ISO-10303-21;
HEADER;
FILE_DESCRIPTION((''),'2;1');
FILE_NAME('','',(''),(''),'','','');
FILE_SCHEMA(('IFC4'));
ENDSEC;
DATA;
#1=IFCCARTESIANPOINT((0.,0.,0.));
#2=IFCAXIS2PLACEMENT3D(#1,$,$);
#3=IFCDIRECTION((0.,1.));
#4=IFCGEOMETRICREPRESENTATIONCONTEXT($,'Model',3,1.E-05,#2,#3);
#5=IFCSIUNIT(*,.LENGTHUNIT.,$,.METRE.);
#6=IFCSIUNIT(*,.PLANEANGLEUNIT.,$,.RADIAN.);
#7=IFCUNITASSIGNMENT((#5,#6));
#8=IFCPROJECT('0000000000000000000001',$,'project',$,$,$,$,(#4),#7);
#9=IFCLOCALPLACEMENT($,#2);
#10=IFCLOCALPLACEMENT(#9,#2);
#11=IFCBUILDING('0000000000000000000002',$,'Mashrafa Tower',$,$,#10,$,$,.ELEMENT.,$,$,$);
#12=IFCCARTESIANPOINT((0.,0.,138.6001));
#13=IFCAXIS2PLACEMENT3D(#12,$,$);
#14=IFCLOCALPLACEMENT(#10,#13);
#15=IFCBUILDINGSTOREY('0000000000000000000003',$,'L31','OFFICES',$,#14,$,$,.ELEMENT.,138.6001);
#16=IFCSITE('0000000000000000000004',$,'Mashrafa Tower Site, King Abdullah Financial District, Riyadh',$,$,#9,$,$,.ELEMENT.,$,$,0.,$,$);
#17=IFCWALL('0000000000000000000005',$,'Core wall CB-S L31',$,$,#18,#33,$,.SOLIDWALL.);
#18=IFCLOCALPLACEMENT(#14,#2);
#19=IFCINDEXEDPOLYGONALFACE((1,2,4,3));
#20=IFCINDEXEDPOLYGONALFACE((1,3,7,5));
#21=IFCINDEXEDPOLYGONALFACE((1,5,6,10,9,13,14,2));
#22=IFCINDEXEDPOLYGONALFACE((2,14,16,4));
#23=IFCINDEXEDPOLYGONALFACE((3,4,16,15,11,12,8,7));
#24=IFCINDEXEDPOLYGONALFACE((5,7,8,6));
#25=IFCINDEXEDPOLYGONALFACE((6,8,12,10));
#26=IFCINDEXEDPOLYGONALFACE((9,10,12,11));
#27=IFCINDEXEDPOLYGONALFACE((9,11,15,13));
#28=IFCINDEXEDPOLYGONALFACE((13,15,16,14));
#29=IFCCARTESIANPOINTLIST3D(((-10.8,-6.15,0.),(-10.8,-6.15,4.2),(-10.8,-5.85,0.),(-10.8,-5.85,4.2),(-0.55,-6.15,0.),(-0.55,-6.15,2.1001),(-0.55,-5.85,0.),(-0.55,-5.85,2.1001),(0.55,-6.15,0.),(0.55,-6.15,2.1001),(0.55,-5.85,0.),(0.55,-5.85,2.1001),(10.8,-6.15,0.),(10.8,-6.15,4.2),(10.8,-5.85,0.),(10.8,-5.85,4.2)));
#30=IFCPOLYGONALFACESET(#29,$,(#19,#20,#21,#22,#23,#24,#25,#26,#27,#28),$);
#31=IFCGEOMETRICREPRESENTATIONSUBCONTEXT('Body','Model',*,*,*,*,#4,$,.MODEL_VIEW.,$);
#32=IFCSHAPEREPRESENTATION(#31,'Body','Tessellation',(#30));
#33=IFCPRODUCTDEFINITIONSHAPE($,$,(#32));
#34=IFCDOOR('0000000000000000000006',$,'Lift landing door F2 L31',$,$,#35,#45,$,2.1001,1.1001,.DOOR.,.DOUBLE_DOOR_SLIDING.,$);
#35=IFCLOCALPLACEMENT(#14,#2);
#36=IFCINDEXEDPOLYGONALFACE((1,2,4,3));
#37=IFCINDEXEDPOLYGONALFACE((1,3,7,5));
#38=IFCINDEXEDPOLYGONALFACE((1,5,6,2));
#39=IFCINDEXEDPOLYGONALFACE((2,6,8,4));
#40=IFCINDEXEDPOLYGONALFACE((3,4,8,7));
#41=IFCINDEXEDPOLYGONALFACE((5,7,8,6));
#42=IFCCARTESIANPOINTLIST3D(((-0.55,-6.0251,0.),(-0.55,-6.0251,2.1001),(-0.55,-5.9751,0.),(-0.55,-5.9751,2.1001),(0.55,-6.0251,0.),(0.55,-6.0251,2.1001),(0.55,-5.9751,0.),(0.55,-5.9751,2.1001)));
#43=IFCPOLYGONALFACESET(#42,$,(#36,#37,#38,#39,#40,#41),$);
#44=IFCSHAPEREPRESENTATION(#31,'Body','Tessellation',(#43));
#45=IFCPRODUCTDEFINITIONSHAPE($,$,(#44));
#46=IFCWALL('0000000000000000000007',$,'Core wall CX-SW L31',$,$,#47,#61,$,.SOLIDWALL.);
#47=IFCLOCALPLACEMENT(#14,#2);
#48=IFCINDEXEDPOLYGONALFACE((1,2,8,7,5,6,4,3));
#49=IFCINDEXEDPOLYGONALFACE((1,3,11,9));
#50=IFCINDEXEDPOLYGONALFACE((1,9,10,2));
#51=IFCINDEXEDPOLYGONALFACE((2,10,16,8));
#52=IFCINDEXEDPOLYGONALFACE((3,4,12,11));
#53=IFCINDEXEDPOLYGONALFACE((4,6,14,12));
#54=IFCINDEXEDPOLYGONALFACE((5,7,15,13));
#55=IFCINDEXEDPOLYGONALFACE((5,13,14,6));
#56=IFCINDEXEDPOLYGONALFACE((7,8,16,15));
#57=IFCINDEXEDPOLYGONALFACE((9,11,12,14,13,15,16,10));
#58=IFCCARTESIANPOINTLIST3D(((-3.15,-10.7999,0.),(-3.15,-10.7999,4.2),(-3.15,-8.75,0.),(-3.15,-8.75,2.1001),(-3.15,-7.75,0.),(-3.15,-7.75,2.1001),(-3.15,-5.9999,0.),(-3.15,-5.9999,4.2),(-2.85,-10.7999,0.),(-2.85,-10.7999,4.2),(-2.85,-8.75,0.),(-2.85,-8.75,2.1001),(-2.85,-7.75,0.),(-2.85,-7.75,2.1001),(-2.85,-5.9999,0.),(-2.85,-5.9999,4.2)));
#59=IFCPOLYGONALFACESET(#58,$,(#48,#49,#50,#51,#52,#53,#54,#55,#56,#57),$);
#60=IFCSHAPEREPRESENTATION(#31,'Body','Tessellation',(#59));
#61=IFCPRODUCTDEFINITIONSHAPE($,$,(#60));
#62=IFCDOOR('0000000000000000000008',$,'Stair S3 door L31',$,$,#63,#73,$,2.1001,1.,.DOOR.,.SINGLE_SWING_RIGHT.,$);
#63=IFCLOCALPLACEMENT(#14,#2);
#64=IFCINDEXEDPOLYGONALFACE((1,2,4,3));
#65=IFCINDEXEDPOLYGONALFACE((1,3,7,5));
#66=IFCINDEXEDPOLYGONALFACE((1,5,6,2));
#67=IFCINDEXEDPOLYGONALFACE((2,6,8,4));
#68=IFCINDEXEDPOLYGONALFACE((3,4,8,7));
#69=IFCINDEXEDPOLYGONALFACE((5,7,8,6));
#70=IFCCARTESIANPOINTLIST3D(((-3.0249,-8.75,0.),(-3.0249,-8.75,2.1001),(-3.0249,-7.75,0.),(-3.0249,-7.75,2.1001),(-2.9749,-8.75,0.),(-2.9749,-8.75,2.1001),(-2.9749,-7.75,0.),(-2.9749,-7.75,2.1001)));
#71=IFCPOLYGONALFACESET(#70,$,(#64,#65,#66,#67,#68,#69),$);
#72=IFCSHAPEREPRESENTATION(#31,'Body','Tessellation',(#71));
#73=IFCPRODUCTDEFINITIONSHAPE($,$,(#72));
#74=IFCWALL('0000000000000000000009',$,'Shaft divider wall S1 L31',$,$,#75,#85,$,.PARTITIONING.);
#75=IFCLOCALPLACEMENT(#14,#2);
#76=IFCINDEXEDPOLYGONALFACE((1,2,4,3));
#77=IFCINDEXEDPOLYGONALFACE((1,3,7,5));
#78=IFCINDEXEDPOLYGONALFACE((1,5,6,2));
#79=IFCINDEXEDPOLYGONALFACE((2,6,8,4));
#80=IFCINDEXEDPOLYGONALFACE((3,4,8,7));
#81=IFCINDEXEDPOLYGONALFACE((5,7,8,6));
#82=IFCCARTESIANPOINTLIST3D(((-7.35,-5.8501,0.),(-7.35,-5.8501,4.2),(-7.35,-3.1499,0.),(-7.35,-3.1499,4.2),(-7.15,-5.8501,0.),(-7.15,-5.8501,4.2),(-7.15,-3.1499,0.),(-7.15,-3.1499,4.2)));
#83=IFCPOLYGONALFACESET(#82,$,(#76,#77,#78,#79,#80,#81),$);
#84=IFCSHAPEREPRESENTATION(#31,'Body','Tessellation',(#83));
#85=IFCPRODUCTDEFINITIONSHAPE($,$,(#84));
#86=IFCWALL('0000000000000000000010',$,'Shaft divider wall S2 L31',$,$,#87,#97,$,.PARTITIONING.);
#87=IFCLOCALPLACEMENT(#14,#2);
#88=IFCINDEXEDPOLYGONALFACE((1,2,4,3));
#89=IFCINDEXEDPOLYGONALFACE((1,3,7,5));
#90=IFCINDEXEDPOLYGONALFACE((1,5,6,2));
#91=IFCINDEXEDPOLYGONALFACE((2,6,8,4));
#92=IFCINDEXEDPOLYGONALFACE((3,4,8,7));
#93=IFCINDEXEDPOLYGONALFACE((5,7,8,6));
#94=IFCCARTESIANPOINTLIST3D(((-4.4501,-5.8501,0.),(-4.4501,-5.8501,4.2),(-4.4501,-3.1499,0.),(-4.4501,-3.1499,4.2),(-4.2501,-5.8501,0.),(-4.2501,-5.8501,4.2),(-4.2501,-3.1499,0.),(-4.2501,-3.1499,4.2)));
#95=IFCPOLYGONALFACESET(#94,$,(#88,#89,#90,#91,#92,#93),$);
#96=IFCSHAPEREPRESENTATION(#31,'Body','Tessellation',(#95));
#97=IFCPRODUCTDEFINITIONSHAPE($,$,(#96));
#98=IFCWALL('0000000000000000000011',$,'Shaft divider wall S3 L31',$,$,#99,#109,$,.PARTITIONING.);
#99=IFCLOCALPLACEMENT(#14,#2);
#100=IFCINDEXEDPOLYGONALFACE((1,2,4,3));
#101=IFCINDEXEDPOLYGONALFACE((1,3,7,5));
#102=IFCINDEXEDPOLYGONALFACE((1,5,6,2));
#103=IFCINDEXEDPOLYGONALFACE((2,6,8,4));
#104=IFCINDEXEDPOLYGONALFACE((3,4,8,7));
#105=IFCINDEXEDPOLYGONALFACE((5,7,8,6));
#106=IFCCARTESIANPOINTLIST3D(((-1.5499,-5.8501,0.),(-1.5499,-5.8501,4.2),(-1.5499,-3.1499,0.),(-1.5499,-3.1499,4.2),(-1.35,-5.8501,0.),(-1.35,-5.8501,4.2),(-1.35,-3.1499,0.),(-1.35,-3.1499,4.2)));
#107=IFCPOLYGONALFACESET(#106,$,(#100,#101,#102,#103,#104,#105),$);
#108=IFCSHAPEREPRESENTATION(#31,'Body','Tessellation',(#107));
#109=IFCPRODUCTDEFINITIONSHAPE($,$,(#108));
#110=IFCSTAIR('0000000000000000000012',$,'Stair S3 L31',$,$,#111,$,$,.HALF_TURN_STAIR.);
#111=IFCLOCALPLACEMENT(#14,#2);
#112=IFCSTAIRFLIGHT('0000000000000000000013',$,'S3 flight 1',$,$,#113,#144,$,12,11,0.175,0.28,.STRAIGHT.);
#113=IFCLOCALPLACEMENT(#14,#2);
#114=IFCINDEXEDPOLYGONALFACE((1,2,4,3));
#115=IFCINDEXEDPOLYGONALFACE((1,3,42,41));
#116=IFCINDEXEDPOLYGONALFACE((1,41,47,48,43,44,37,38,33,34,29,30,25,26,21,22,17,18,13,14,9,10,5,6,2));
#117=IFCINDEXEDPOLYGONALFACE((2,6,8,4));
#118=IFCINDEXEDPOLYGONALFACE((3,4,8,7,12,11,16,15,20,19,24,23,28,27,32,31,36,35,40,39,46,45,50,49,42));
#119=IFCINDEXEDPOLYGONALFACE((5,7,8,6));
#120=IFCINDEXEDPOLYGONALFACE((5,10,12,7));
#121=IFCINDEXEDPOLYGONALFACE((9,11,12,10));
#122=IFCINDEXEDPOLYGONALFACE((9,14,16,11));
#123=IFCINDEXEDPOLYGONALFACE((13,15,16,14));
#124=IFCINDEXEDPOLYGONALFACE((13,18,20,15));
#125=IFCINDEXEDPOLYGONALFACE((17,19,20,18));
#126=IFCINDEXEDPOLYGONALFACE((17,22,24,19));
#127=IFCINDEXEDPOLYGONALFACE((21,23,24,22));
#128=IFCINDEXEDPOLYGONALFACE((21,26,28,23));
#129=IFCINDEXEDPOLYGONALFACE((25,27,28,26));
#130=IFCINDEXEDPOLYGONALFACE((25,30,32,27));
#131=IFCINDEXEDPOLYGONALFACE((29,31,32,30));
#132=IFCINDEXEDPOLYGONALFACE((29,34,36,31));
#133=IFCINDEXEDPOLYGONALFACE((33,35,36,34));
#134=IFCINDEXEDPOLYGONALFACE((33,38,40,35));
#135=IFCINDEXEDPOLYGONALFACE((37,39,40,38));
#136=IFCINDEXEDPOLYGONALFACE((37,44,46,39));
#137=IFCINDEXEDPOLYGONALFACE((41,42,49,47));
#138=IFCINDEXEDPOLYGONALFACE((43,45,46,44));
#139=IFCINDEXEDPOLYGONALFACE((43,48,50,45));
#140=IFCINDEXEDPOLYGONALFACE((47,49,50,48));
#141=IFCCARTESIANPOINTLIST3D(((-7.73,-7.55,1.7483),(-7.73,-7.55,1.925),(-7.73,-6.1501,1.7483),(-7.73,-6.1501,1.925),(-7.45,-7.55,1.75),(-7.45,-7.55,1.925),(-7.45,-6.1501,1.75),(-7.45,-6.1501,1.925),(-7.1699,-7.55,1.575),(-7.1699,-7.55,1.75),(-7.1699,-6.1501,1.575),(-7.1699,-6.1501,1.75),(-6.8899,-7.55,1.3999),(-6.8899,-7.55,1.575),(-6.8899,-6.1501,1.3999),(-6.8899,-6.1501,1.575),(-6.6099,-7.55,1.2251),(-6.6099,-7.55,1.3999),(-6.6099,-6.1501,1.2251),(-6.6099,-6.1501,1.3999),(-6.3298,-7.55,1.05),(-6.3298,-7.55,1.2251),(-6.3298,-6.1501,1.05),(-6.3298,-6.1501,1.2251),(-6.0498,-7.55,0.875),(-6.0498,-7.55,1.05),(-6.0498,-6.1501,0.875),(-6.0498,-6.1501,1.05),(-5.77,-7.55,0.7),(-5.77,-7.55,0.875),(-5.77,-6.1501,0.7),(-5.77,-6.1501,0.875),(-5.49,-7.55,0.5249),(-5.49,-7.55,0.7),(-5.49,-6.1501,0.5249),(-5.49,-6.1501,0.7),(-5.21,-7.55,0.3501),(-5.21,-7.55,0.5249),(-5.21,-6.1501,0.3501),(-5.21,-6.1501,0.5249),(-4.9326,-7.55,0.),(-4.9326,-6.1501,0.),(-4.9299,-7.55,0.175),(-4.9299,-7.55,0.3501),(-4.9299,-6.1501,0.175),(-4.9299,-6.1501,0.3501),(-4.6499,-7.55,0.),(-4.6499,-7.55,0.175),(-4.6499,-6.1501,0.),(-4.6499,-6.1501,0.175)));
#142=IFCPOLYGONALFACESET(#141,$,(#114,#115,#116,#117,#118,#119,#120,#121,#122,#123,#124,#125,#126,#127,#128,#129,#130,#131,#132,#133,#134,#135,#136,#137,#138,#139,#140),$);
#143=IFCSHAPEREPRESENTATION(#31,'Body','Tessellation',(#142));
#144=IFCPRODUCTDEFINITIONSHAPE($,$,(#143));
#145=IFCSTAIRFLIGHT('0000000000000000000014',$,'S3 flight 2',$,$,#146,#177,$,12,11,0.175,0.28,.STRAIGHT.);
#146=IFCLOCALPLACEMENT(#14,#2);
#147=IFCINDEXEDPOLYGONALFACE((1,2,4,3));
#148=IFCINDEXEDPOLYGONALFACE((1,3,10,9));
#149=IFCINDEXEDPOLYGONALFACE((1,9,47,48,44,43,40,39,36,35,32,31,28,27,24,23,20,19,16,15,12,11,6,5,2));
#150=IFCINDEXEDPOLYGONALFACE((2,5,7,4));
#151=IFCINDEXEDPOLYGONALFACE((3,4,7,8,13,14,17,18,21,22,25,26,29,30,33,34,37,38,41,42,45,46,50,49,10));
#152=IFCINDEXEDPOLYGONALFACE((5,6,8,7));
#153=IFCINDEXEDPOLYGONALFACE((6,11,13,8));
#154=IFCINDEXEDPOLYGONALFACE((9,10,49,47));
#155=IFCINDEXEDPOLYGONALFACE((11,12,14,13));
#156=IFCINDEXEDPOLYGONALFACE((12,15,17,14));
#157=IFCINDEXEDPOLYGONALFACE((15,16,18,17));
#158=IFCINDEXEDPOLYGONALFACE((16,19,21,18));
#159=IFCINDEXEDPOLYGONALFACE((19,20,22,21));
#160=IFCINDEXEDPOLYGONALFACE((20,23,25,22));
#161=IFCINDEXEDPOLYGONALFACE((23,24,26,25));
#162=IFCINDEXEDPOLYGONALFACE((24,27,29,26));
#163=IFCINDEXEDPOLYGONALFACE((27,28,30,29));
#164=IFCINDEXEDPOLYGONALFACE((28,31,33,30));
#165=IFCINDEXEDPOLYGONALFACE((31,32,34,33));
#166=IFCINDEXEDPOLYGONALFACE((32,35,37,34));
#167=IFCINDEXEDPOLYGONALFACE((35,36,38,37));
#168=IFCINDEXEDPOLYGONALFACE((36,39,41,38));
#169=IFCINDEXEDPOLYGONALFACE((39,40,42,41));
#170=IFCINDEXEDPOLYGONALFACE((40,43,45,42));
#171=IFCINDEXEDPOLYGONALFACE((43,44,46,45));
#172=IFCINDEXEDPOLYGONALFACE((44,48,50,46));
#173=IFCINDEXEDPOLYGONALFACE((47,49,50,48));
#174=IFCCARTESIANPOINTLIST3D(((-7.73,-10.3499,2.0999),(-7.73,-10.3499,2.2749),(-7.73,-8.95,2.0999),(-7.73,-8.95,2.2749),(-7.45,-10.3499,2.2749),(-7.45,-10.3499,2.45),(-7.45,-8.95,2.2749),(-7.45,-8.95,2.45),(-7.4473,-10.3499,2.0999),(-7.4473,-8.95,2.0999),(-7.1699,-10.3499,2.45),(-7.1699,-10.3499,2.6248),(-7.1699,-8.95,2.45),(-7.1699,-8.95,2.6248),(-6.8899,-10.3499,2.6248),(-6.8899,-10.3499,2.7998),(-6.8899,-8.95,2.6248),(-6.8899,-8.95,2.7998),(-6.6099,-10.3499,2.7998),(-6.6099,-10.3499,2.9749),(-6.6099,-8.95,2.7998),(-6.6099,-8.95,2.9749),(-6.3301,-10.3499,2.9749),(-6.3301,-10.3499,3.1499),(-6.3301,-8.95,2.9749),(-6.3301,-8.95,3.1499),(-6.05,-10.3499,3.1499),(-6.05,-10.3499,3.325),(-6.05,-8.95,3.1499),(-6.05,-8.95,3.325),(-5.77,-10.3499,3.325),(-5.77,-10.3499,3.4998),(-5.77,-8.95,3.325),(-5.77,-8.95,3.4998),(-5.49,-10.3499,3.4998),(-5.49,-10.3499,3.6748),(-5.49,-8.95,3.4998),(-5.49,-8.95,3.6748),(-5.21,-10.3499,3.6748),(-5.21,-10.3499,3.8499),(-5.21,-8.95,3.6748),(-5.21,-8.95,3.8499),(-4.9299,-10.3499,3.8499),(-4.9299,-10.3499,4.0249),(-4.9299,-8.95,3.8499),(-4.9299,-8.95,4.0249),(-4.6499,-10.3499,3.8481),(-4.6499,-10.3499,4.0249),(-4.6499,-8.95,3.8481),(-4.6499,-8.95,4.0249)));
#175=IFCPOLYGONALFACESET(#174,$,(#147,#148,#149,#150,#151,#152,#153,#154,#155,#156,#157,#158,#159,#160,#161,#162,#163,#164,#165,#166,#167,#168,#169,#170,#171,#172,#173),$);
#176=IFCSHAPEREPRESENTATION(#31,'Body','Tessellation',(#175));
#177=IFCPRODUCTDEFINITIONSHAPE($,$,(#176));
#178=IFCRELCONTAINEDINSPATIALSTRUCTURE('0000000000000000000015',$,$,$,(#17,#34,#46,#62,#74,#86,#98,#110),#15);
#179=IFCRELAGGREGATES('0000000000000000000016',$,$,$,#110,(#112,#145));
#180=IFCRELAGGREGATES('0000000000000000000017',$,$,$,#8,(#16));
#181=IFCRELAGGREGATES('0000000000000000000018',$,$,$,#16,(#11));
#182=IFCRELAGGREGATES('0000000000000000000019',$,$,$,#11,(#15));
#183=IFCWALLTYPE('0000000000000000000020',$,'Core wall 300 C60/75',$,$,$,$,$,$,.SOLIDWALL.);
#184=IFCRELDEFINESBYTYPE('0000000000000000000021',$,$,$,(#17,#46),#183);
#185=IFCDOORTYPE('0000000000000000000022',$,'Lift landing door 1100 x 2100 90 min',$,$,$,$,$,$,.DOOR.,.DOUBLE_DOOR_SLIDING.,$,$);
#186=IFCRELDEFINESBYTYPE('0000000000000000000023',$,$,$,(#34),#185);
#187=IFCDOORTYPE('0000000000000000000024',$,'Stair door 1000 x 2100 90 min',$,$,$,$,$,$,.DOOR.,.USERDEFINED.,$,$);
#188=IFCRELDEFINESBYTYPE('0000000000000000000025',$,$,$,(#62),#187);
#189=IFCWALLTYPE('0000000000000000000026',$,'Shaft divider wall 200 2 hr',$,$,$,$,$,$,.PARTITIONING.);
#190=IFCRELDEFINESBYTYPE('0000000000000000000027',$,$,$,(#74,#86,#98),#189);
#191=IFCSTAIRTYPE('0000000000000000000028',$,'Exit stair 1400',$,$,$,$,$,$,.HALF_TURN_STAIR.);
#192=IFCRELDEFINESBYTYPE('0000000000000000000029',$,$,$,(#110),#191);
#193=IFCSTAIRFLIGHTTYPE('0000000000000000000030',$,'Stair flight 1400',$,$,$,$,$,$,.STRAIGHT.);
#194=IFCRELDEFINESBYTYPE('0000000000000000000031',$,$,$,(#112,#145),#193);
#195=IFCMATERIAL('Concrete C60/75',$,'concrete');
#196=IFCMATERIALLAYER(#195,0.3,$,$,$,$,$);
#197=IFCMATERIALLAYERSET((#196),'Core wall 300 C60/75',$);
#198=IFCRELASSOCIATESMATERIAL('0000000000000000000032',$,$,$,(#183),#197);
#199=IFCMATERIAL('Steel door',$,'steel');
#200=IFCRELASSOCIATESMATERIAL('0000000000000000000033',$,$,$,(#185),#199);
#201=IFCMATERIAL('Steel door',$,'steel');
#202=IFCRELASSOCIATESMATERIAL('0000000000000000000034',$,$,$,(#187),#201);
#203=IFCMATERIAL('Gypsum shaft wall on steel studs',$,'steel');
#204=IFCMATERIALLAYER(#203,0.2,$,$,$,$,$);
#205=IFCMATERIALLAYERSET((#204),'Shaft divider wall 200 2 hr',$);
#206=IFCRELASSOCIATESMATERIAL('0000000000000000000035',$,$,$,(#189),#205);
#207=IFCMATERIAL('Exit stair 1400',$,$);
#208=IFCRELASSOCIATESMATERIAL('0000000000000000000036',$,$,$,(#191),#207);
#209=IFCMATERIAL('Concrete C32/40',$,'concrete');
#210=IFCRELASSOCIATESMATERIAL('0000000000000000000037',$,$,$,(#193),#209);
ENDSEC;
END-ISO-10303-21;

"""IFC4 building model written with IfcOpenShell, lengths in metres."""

from ifc_helpers import new_model, si_unit, direction, frame, frame_2d, origin, place, context, subcontext, project, spatial, polyline, rectangle, outline, extrude, material, layer, layer_set, type_object, element, fill, aggregate, save


model = new_model("IFC4")

# Units and contexts
model_context = context("Model", 3, precision=1e-05, world=origin(), true_north=direction((0.0, 1.0)))
body_context = subcontext(model_context, "Body", "Model", "MODEL_VIEW")
ifc_project = project(units=[si_unit("LENGTHUNIT", "METRE"), si_unit("PLANEANGLEUNIT", "RADIAN")], contexts=[model_context])

# Site, building, storey
site_placement = place(None, origin())
site = spatial("IfcSite", under=ifc_project, at=site_placement, Name="Mashrafa Tower Site, King Abdullah Financial District, Riyadh", CompositionType="ELEMENT", RefElevation=0.0)
building_placement = place(site_placement, origin())
building = spatial("IfcBuilding", under=site, at=building_placement, Name="Mashrafa Tower", CompositionType="ELEMENT")
storey_placement = place(building_placement, frame((0.0, 0.0, 138.6001)))
storey = spatial("IfcBuildingStorey", under=building, at=storey_placement, Name="L31", Description="OFFICES", CompositionType="ELEMENT", Elevation=138.6001)

# Shared definitions
ifc_material_1 = material(Name="Concrete C60/75", Category="concrete")
ifc_layer_1 = layer(ifc_material_1, 0.3)
ifc_layer_set_1 = layer_set([ifc_layer_1], Name="Core wall 300 C60/75")
wall_type_1 = type_object("IfcWallType", Name="Core wall 300 C60/75", PredefinedType="SOLIDWALL", material=ifc_layer_set_1)
ifc_material_2 = material(Name="Steel door", Category="steel")
door_type_1 = type_object("IfcDoorType", Name="Lift landing door 1100 x 2100 90 min", OperationType="DOUBLE_DOOR_SLIDING", PredefinedType="DOOR", material=ifc_material_2)

# Walls, openings, doors
wall_1_placement = place(storey_placement, frame((-10.8, -6.0, 0.0), z_axis=(0.0, 0.0, 1.0), x_axis=(1.0, 0.0, 0.0)))
wall_1 = element("IfcWall", 1, at=wall_1_placement, inside=storey, type_object=wall_type_1, Name="Core wall CB-S L31", PredefinedType="SOLIDWALL", context=body_context, shape_type="SweptSolid", body=[
    extrude(rectangle(XDim=21.6001, YDim=0.3, at=frame_2d((10.8, 0.0))), origin(), (0.0, 0.0, 1.0), 4.2),
])
opening_1_placement = place(wall_1_placement, frame((10.25, 0.0, 0.0)))
opening_1 = element("IfcOpeningElement", 2, at=opening_1_placement, cuts=wall_1, PredefinedType="OPENING", context=body_context, shape_type="SweptSolid", body=[
    extrude(rectangle(XDim=1.1001, YDim=2.1001, at=frame_2d((0.55, 1.05))), frame((0.0, 0.1599, 0.0), z_axis=(0.0, -1.0, 0.0), x_axis=(1.0, 0.0, 0.0)), (0.0, 0.0, 1.0), 0.3201),
])
door_1_placement = place(opening_1_placement, origin())
door_1 = element("IfcDoor", 3, at=door_1_placement, inside=storey, type_object=door_type_1, Name="Lift landing door F2 L31", OperationType="DOUBLE_DOOR_SLIDING", OverallHeight=2.1001, OverallWidth=1.1001, PredefinedType="DOOR", context=body_context, shape_type="SweptSolid", body=[
    extrude(rectangle(XDim=1.1001, YDim=2.1001, at=frame_2d((0.55, 1.05))), frame((0.0, 0.0249, 0.0), z_axis=(0.0, -1.0, 0.0), x_axis=(1.0, 0.0, 0.0)), (0.0, 0.0, 1.0), 0.05),
])
fill(opening_1, door_1)
wall_2_placement = place(storey_placement, frame((-3.0, -6.0, 0.0), z_axis=(0.0, 0.0, 1.0), x_axis=(0.0, -1.0, 0.0)))
wall_2 = element("IfcWall", 4, at=wall_2_placement, inside=storey, type_object=wall_type_1, Name="Core wall CX-SW L31", PredefinedType="SOLIDWALL", context=body_context, shape_type="SweptSolid", body=[
    extrude(rectangle(XDim=4.8, YDim=0.3, at=frame_2d((2.3999, 0.0))), origin(), (0.0, 0.0, 1.0), 4.2),
])
opening_2_placement = place(wall_2_placement, frame((1.75, 0.0, 0.0)))
opening_2 = element("IfcOpeningElement", 5, at=opening_2_placement, cuts=wall_2, PredefinedType="OPENING", context=body_context, shape_type="SweptSolid", body=[
    extrude(rectangle(XDim=1.0, YDim=2.1001, at=frame_2d((0.5, 1.05))), frame((0.0, 0.1599, 0.0), z_axis=(0.0, -1.0, 0.0), x_axis=(1.0, 0.0, 0.0)), (0.0, 0.0, 1.0), 0.3201),
])
ifc_material_3 = material(Name="Steel door", Category="steel")
door_type_2 = type_object("IfcDoorType", Name="Stair door 1000 x 2100 90 min", OperationType="USERDEFINED", PredefinedType="DOOR", material=ifc_material_3)
door_2_placement = place(opening_2_placement, frame((1.0, 0.0, 0.0), z_axis=(0.0, 0.0, 1.0), x_axis=(-1.0, 0.0, 0.0)))
door_2 = element("IfcDoor", 6, at=door_2_placement, inside=storey, type_object=door_type_2, Name="Stair S3 door L31", OperationType="SINGLE_SWING_RIGHT", OverallHeight=2.1001, OverallWidth=1.0, PredefinedType="DOOR", context=body_context, shape_type="SweptSolid", body=[
    extrude(rectangle(XDim=1.0, YDim=2.1001, at=frame_2d((0.5, 1.05))), frame((0.0, 0.0249, 0.0), z_axis=(0.0, -1.0, 0.0), x_axis=(1.0, 0.0, 0.0)), (0.0, 0.0, 1.0), 0.05),
])
fill(opening_2, door_2)

# Walls
ifc_material_4 = material(Name="Gypsum shaft wall on steel studs", Category="steel")
ifc_layer_2 = layer(ifc_material_4, 0.2)
ifc_layer_set_2 = layer_set([ifc_layer_2], Name="Shaft divider wall 200 2 hr")
wall_type_2 = type_object("IfcWallType", Name="Shaft divider wall 200 2 hr", PredefinedType="PARTITIONING", material=ifc_layer_set_2)
for number, where, z_axis, x_axis, name in (
    (7, (-7.25, -5.8501, 0.0), (0.0, 0.0, 1.0), (0.0, 1.0, 0.0), "Shaft divider wall S1 L31"),
    (8, (-4.3501, -5.8501, 0.0), (0.0, 0.0, 1.0), (0.0, 1.0, 0.0), "Shaft divider wall S2 L31"),
    (9, (-1.45, -5.8501, 0.0), (0.0, 0.0, 1.0), (0.0, 1.0, 0.0), "Shaft divider wall S3 L31"),
):
    element("IfcWall", number, at=place(storey_placement, frame(where, z_axis=z_axis, x_axis=x_axis)), inside=storey, type_object=wall_type_2, Name=name, PredefinedType="PARTITIONING", context=body_context, shape_type="SweptSolid", body=[
        extrude(rectangle(XDim=2.7002, YDim=0.2, at=frame_2d((1.3501, 0.0))), origin(), (0.0, 0.0, 1.0), 4.2),
    ])

# Stair, stair flights
ifc_material_5 = material(Name="Exit stair 1400")
stair_type = type_object("IfcStairType", Name="Exit stair 1400", PredefinedType="HALF_TURN_STAIR", material=ifc_material_5)
stair_placement = place(storey_placement, origin())
stair = element("IfcStair", 10, at=stair_placement, inside=storey, type_object=stair_type, Name="Stair S3 L31", PredefinedType="HALF_TURN_STAIR")
ifc_material_6 = material(Name="Concrete C32/40", Category="concrete")
stair_flight_type = type_object("IfcStairFlightType", Name="Stair flight 1400", PredefinedType="STRAIGHT", material=ifc_material_6)
stair_flight_1_placement = place(storey_placement, frame((-4.6499, -6.8501, 0.0), z_axis=(0.0, 0.0, 1.0), x_axis=(-1.0, 0.0, 0.0)))
stair_flight_1 = element("IfcStairFlight", 11, at=stair_flight_1_placement, type_object=stair_flight_type, Name="S3 flight 1", NumberOfRisers=12, NumberOfTreads=11, PredefinedType="STRAIGHT", RiserHeight=0.175, TreadLength=0.28, context=body_context, shape_type="SweptSolid", body=[
    extrude(outline(polyline([(0.0, 0.0), (0.0, 0.175), (0.28, 0.175), (0.28, 0.3501), (0.5601, 0.3501), (0.5601, 0.5249), (0.8401, 0.5249), (0.8401, 0.7), (1.1201, 0.7), (1.1201, 0.875), (1.3999, 0.875), (1.3999, 1.05), (1.6799, 1.05), (1.6799, 1.2251), (1.96, 1.2251), (1.96, 1.3999), (2.24, 1.3999), (2.24, 1.575), (2.52, 1.575), (2.52, 1.75), (2.8, 1.75), (2.8, 1.925), (3.0801, 1.925), (3.0801, 2.1001), (3.0801, 1.7483), (0.2827, 0.0), (0.0, 0.0)])), frame((0.0, 0.7, 0.0), z_axis=(0.0, -1.0, 0.0), x_axis=(1.0, 0.0, 0.0)), (0.0, 0.0, 1.0), 1.3999),
])
stair_flight_2_placement = place(storey_placement, frame((-7.73, -9.6499, 2.0999), z_axis=(0.0, 0.0, 1.0), x_axis=(1.0, 0.0, 0.0)))
stair_flight_2 = element("IfcStairFlight", 12, at=stair_flight_2_placement, type_object=stair_flight_type, Name="S3 flight 2", NumberOfRisers=12, NumberOfTreads=11, PredefinedType="STRAIGHT", RiserHeight=0.175, TreadLength=0.28, context=body_context, shape_type="SweptSolid", body=[
    extrude(outline(polyline([(0.0, 0.0), (0.0, 0.175), (0.28, 0.175), (0.28, 0.3501), (0.5601, 0.3501), (0.5601, 0.5249), (0.8401, 0.5249), (0.8401, 0.7), (1.1201, 0.7), (1.1201, 0.875), (1.3999, 0.875), (1.3999, 1.05), (1.6799, 1.05), (1.6799, 1.2251), (1.96, 1.2251), (1.96, 1.3999), (2.24, 1.3999), (2.24, 1.575), (2.52, 1.575), (2.52, 1.75), (2.8, 1.75), (2.8, 1.925), (3.0801, 1.925), (3.0801, 2.1001), (3.0801, 1.7483), (0.2827, 0.0), (0.0, 0.0)])), frame((0.0, 0.7, 0.0), z_axis=(0.0, -1.0, 0.0), x_axis=(1.0, 0.0, 0.0)), (0.0, 0.0, 1.0), 1.3999),
])
aggregate(stair, [stair_flight_1, stair_flight_2])

save(model, "model.ifc")
